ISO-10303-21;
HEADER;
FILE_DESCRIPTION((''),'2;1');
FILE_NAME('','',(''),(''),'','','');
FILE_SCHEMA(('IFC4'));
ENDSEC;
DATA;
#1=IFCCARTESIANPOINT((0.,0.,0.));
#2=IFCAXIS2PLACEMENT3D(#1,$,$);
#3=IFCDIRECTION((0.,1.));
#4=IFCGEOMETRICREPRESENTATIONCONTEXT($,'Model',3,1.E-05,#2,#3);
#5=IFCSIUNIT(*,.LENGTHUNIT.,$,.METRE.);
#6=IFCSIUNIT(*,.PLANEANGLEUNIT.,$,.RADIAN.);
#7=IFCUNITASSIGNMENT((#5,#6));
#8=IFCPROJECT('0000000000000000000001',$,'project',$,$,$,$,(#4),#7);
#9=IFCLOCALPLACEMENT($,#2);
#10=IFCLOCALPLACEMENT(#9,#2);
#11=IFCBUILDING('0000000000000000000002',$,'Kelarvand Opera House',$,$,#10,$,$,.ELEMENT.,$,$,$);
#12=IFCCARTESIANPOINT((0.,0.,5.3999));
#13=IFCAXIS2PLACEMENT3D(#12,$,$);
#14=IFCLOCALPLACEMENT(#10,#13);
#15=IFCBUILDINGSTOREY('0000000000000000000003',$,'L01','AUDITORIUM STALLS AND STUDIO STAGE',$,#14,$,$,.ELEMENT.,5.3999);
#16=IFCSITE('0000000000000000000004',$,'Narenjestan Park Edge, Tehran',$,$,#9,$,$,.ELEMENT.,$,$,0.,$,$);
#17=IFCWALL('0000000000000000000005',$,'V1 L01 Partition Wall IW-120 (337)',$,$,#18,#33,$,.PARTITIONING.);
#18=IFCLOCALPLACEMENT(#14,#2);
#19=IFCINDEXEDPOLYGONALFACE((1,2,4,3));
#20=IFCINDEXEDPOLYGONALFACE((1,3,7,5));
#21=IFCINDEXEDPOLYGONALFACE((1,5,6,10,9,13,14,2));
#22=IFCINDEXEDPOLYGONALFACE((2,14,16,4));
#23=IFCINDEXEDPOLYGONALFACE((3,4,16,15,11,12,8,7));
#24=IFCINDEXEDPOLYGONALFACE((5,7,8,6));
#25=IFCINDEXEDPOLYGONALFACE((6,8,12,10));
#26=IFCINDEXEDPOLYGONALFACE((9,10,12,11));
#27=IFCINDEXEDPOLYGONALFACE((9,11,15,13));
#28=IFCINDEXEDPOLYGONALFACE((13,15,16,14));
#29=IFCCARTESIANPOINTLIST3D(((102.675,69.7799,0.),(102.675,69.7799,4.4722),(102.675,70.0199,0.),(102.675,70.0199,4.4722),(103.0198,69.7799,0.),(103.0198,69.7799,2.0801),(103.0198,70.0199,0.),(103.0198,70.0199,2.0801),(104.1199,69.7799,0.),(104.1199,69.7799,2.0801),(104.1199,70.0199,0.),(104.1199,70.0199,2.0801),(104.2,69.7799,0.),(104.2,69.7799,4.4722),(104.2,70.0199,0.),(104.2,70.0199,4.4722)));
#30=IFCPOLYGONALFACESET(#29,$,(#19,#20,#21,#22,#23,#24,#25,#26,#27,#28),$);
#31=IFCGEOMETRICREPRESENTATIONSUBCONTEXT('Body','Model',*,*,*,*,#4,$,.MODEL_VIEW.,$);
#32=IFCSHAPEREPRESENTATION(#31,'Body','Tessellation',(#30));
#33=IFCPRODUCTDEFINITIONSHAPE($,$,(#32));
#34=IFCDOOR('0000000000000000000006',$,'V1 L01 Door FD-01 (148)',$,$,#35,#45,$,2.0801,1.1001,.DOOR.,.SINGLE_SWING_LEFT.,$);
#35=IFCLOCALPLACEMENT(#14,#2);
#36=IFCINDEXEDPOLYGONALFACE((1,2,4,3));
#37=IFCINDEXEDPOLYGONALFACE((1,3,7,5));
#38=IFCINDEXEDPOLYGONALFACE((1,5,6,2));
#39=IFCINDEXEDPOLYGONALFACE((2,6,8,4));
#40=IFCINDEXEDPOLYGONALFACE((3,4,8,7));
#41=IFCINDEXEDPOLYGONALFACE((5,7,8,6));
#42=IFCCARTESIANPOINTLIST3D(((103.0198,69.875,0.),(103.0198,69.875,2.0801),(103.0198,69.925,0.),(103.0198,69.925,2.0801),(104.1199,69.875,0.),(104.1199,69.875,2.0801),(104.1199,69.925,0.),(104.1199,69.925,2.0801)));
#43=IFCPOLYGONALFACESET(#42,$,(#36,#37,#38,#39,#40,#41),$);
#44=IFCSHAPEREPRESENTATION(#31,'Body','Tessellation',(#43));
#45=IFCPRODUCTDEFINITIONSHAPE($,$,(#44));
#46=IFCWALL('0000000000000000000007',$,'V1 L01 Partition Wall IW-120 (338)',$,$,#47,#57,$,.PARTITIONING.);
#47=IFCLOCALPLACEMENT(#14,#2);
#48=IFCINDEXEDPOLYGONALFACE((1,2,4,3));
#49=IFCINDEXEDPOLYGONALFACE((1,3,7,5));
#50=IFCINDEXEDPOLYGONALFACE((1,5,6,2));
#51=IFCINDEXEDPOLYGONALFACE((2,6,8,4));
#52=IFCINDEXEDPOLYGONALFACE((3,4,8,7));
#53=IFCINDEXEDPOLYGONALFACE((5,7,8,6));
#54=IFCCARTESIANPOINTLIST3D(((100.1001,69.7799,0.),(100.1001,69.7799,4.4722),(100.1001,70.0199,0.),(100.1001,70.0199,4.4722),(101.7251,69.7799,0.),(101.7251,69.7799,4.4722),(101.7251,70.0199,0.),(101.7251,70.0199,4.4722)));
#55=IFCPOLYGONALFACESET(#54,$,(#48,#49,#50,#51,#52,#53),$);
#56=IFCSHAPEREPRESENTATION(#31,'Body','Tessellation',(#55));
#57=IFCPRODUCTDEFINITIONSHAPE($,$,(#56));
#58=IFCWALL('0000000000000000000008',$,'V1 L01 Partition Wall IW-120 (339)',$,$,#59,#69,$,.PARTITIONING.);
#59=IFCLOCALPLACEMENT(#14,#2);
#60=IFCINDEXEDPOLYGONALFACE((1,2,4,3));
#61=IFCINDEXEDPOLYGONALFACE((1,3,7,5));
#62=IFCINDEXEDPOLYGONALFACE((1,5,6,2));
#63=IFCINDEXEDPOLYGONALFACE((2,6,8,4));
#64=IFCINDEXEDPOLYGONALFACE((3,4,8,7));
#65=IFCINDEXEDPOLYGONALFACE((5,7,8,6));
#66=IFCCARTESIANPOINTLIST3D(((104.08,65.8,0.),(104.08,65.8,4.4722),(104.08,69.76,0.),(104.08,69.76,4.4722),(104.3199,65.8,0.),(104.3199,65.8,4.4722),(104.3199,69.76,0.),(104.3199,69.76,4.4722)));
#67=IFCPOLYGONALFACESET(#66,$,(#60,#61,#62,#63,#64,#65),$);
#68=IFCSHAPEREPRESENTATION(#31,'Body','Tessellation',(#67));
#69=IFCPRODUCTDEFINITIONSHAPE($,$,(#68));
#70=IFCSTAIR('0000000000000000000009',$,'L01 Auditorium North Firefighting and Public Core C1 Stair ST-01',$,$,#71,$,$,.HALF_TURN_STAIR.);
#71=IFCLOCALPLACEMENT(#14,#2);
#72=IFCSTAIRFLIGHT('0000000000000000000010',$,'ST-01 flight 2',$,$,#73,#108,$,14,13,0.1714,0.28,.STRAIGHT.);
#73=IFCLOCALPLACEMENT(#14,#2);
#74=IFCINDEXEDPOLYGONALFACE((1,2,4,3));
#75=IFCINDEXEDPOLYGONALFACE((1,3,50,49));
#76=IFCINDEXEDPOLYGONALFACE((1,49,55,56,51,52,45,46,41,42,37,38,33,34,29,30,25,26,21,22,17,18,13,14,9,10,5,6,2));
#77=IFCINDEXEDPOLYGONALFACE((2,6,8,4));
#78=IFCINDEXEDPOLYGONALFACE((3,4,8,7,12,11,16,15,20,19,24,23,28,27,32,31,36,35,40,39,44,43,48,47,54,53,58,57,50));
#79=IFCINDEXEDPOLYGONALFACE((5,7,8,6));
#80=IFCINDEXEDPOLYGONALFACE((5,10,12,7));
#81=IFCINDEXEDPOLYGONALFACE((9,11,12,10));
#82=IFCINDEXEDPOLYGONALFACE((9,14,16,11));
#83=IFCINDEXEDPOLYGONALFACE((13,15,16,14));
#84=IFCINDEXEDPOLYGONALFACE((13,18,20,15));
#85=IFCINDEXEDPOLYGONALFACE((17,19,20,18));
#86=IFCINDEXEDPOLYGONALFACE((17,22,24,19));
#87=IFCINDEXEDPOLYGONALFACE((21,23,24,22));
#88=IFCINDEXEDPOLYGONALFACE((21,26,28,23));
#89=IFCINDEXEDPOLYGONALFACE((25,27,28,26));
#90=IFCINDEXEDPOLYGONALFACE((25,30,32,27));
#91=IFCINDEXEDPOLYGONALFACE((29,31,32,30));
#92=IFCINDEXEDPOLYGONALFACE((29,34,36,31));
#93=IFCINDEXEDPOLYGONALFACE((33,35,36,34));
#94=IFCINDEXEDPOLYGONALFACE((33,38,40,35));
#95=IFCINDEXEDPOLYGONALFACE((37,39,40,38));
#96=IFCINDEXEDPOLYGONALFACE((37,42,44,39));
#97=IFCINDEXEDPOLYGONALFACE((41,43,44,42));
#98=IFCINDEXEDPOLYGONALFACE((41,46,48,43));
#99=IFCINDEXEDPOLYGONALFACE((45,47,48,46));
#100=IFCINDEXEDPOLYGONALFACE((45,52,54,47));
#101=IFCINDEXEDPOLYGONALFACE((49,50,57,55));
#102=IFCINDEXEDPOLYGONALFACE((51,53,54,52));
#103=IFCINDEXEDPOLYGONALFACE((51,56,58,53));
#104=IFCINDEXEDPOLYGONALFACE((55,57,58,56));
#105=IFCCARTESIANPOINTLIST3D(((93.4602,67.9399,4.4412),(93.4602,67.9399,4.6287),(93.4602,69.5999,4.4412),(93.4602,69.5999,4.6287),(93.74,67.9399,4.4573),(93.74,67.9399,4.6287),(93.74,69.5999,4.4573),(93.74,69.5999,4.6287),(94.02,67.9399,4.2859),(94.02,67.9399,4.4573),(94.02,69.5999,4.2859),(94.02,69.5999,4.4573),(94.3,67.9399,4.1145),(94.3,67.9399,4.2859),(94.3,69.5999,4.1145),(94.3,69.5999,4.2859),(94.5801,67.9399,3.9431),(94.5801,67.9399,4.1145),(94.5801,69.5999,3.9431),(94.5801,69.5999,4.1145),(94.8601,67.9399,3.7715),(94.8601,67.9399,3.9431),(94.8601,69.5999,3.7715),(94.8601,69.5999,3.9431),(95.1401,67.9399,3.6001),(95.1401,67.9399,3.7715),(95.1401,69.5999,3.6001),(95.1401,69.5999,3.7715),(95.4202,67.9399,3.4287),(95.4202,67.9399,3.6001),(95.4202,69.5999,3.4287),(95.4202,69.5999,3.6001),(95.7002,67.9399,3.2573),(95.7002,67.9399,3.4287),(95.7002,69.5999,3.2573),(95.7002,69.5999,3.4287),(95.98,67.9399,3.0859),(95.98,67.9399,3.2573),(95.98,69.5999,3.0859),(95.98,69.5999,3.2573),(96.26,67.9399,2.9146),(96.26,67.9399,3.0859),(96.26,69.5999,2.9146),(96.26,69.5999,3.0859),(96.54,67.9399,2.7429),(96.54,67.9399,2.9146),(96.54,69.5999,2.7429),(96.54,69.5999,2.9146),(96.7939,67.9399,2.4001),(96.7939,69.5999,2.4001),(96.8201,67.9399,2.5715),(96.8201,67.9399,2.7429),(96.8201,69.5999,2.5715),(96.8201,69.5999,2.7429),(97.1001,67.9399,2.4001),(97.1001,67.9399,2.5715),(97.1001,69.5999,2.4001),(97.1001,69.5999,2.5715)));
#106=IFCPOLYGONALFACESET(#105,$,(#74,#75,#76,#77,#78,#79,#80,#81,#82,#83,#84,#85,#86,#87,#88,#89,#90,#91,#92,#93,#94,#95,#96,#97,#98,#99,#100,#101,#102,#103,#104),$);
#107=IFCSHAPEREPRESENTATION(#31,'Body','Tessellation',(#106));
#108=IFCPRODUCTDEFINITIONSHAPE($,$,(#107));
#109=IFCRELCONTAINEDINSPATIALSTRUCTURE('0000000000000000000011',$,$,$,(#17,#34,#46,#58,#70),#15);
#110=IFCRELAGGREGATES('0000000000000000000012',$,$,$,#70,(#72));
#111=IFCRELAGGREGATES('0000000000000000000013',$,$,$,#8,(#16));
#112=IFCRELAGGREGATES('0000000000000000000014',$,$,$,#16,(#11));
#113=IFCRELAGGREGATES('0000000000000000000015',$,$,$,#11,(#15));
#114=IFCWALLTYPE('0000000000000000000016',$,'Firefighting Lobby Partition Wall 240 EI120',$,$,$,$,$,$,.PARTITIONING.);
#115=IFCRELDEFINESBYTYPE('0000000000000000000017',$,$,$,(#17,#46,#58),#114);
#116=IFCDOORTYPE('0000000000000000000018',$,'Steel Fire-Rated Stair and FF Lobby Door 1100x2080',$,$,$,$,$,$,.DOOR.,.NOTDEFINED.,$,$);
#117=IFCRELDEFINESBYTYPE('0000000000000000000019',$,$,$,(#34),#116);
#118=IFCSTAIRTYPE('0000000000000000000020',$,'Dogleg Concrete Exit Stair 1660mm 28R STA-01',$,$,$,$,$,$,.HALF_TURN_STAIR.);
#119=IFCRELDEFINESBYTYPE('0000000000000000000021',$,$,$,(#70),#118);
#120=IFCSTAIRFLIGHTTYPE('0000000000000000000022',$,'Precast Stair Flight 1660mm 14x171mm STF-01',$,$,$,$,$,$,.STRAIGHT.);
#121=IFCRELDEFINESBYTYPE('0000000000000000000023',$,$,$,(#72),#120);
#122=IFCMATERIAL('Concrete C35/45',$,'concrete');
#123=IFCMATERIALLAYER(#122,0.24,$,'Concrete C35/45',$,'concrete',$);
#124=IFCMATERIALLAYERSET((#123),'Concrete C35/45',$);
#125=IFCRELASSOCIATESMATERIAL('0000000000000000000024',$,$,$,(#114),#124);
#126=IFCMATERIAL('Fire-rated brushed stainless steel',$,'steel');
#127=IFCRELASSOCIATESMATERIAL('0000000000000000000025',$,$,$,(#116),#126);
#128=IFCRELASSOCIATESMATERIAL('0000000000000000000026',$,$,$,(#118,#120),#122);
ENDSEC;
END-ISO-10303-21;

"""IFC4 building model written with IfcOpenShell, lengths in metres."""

from ifc_helpers import new_model, si_unit, direction, frame, frame_2d, origin, place, context, subcontext, project, spatial, polyline, rectangle, outline, extrude, material, layer, layer_set, type_object, element, fill, aggregate, save


model = new_model("IFC4")

# Units and contexts
model_context = context("Model", 3, precision=1e-05, world=origin(), true_north=direction((0.0, 1.0)))
body_context = subcontext(model_context, "Body", "Model", "MODEL_VIEW")
ifc_project = project(units=[si_unit("LENGTHUNIT", "METRE"), si_unit("PLANEANGLEUNIT", "RADIAN")], contexts=[model_context])

# Site, building, storey
site_placement = place(None, origin())
site = spatial("IfcSite", under=ifc_project, at=site_placement, Name="Narenjestan Park Edge, Tehran", CompositionType="ELEMENT", RefElevation=0.0)
building_placement = place(site_placement, origin())
building = spatial("IfcBuilding", under=site, at=building_placement, Name="Kelarvand Opera House", CompositionType="ELEMENT")
storey_placement = place(building_placement, frame((0.0, 0.0, 5.3999)))
storey = spatial("IfcBuildingStorey", under=building, at=storey_placement, Name="L01", Description="AUDITORIUM STALLS AND STUDIO STAGE", CompositionType="ELEMENT", Elevation=5.3999)

# Shared definitions
ifc_material_1 = material(Name="Concrete C35/45", Category="concrete")

# Wall, opening, door
ifc_layer_1 = layer(ifc_material_1, 0.24, Name="Concrete C35/45", Category="concrete")
ifc_layer_set_1 = layer_set([ifc_layer_1], Name="Concrete C35/45")
wall_type_1 = type_object("IfcWallType", Name="Firefighting Lobby Partition Wall 240 EI120", PredefinedType="PARTITIONING", material=ifc_layer_set_1)
wall_1_placement = place(storey_placement, frame((104.2, 69.8999, 0.0), z_axis=(0.0, 0.0, 1.0), x_axis=(-1.0, 0.0, 0.0)))
wall_1 = element("IfcWall", 1, at=wall_1_placement, inside=storey, type_object=wall_type_1, Name="V1 L01 Partition Wall IW-120 (337)", PredefinedType="PARTITIONING", context=body_context, shape_type="SweptSolid", body=[
    extrude(rectangle(XDim=1.5249, YDim=0.24, at=frame_2d((0.7625, 0.0))), origin(), (0.0, 0.0, 1.0), 4.4722),
])
opening_1_placement = place(wall_1_placement, frame((0.0801, 0.0, 0.0)))
opening_1 = element("IfcOpeningElement", 2, at=opening_1_placement, cuts=wall_1, PredefinedType="OPENING", context=body_context, shape_type="SweptSolid", body=[
    extrude(rectangle(XDim=1.1001, YDim=2.0801, at=frame_2d((0.55, 1.04))), frame((0.0, 0.1299, 0.0), z_axis=(0.0, -1.0, 0.0), x_axis=(1.0, 0.0, 0.0)), (0.0, 0.0, 1.0), 0.26),
])
ifc_material_2 = material(Name="Fire-rated brushed stainless steel", Category="steel")
door_type_1 = type_object("IfcDoorType", Name="Steel Fire-Rated Stair and FF Lobby Door 1100x2080", OperationType="NOTDEFINED", PredefinedType="DOOR", material=ifc_material_2)
door_1_placement = place(opening_1_placement, origin())
door_1 = element("IfcDoor", 3, at=door_1_placement, inside=storey, type_object=door_type_1, Name="V1 L01 Door FD-01 (148)", OperationType="SINGLE_SWING_LEFT", OverallHeight=2.0801, OverallWidth=1.1001, PredefinedType="DOOR", context=body_context, shape_type="SweptSolid", body=[
    extrude(rectangle(XDim=1.1001, YDim=2.0801, at=frame_2d((0.55, 1.04))), frame((0.0, 0.0249, 0.0), z_axis=(0.0, -1.0, 0.0), x_axis=(1.0, 0.0, 0.0)), (0.0, 0.0, 1.0), 0.05),
])
fill(opening_1, door_1)

# Walls
wall_2_placement = place(storey_placement, frame((101.7251, 69.8999, 0.0), z_axis=(0.0, 0.0, 1.0), x_axis=(-1.0, 0.0, 0.0)))
element("IfcWall", 4, at=wall_2_placement, inside=storey, type_object=wall_type_1, Name="V1 L01 Partition Wall IW-120 (338)", PredefinedType="PARTITIONING", context=body_context, shape_type="SweptSolid", body=[
    extrude(rectangle(XDim=1.625, YDim=0.24, at=frame_2d((0.8125, 0.0))), origin(), (0.0, 0.0, 1.0), 4.4722),
])
wall_3_placement = place(storey_placement, frame((104.2, 69.76, 0.0), z_axis=(0.0, 0.0, 1.0), x_axis=(0.0, -1.0, 0.0)))
element("IfcWall", 5, at=wall_3_placement, inside=storey, type_object=wall_type_1, Name="V1 L01 Partition Wall IW-120 (339)", PredefinedType="PARTITIONING", context=body_context, shape_type="SweptSolid", body=[
    extrude(rectangle(XDim=3.96, YDim=0.24, at=frame_2d((1.98, 0.0))), origin(), (0.0, 0.0, 1.0), 4.4722),
])

# Stair, stair flight
stair_type = type_object("IfcStairType", Name="Dogleg Concrete Exit Stair 1660mm 28R STA-01", PredefinedType="HALF_TURN_STAIR", material=ifc_material_1)
stair_placement = place(storey_placement, origin())
stair = element("IfcStair", 6, at=stair_placement, inside=storey, type_object=stair_type, Name="L01 Auditorium North Firefighting and Public Core C1 Stair ST-01", PredefinedType="HALF_TURN_STAIR")
stair_flight_type = type_object("IfcStairFlightType", Name="Precast Stair Flight 1660mm 14x171mm STF-01", PredefinedType="STRAIGHT", material=ifc_material_1)
stair_flight_placement = place(storey_placement, frame((97.1001, 68.77, 2.4001), z_axis=(0.0, 0.0, 1.0), x_axis=(-1.0, 0.0, 0.0)))
stair_flight = element("IfcStairFlight", 7, at=stair_flight_placement, type_object=stair_flight_type, Name="ST-01 flight 2", NumberOfRisers=14, NumberOfTreads=13, PredefinedType="STRAIGHT", RiserHeight=0.1714, TreadLength=0.28, context=body_context, shape_type="SweptSolid", body=[
    extrude(outline(polyline([(0.0, 0.0), (0.0, 0.1714), (0.28, 0.1714), (0.28, 0.3428), (0.5601, 0.3428), (0.5601, 0.5144), (0.8401, 0.5144), (0.8401, 0.6858), (1.1201, 0.6858), (1.1201, 0.8572), (1.3999, 0.8572), (1.3999, 1.0286), (1.6799, 1.0286), (1.6799, 1.2), (1.96, 1.2), (1.96, 1.3713), (2.24, 1.3713), (2.24, 1.543), (2.52, 1.543), (2.52, 1.7144), (2.8, 1.7144), (2.8, 1.8857), (3.0801, 1.8857), (3.0801, 2.0571), (3.3601, 2.0571), (3.3601, 2.2285), (3.6399, 2.2285), (3.6399, 2.3999), (3.6399, 2.041), (0.3062, 0.0), (0.0, 0.0)])), frame((0.0, 0.8301, 0.0), z_axis=(0.0, -1.0, 0.0), x_axis=(1.0, 0.0, 0.0)), (0.0, 0.0, 1.0), 1.6599),
])
aggregate(stair, [stair_flight])

save(model, "model.ifc")
